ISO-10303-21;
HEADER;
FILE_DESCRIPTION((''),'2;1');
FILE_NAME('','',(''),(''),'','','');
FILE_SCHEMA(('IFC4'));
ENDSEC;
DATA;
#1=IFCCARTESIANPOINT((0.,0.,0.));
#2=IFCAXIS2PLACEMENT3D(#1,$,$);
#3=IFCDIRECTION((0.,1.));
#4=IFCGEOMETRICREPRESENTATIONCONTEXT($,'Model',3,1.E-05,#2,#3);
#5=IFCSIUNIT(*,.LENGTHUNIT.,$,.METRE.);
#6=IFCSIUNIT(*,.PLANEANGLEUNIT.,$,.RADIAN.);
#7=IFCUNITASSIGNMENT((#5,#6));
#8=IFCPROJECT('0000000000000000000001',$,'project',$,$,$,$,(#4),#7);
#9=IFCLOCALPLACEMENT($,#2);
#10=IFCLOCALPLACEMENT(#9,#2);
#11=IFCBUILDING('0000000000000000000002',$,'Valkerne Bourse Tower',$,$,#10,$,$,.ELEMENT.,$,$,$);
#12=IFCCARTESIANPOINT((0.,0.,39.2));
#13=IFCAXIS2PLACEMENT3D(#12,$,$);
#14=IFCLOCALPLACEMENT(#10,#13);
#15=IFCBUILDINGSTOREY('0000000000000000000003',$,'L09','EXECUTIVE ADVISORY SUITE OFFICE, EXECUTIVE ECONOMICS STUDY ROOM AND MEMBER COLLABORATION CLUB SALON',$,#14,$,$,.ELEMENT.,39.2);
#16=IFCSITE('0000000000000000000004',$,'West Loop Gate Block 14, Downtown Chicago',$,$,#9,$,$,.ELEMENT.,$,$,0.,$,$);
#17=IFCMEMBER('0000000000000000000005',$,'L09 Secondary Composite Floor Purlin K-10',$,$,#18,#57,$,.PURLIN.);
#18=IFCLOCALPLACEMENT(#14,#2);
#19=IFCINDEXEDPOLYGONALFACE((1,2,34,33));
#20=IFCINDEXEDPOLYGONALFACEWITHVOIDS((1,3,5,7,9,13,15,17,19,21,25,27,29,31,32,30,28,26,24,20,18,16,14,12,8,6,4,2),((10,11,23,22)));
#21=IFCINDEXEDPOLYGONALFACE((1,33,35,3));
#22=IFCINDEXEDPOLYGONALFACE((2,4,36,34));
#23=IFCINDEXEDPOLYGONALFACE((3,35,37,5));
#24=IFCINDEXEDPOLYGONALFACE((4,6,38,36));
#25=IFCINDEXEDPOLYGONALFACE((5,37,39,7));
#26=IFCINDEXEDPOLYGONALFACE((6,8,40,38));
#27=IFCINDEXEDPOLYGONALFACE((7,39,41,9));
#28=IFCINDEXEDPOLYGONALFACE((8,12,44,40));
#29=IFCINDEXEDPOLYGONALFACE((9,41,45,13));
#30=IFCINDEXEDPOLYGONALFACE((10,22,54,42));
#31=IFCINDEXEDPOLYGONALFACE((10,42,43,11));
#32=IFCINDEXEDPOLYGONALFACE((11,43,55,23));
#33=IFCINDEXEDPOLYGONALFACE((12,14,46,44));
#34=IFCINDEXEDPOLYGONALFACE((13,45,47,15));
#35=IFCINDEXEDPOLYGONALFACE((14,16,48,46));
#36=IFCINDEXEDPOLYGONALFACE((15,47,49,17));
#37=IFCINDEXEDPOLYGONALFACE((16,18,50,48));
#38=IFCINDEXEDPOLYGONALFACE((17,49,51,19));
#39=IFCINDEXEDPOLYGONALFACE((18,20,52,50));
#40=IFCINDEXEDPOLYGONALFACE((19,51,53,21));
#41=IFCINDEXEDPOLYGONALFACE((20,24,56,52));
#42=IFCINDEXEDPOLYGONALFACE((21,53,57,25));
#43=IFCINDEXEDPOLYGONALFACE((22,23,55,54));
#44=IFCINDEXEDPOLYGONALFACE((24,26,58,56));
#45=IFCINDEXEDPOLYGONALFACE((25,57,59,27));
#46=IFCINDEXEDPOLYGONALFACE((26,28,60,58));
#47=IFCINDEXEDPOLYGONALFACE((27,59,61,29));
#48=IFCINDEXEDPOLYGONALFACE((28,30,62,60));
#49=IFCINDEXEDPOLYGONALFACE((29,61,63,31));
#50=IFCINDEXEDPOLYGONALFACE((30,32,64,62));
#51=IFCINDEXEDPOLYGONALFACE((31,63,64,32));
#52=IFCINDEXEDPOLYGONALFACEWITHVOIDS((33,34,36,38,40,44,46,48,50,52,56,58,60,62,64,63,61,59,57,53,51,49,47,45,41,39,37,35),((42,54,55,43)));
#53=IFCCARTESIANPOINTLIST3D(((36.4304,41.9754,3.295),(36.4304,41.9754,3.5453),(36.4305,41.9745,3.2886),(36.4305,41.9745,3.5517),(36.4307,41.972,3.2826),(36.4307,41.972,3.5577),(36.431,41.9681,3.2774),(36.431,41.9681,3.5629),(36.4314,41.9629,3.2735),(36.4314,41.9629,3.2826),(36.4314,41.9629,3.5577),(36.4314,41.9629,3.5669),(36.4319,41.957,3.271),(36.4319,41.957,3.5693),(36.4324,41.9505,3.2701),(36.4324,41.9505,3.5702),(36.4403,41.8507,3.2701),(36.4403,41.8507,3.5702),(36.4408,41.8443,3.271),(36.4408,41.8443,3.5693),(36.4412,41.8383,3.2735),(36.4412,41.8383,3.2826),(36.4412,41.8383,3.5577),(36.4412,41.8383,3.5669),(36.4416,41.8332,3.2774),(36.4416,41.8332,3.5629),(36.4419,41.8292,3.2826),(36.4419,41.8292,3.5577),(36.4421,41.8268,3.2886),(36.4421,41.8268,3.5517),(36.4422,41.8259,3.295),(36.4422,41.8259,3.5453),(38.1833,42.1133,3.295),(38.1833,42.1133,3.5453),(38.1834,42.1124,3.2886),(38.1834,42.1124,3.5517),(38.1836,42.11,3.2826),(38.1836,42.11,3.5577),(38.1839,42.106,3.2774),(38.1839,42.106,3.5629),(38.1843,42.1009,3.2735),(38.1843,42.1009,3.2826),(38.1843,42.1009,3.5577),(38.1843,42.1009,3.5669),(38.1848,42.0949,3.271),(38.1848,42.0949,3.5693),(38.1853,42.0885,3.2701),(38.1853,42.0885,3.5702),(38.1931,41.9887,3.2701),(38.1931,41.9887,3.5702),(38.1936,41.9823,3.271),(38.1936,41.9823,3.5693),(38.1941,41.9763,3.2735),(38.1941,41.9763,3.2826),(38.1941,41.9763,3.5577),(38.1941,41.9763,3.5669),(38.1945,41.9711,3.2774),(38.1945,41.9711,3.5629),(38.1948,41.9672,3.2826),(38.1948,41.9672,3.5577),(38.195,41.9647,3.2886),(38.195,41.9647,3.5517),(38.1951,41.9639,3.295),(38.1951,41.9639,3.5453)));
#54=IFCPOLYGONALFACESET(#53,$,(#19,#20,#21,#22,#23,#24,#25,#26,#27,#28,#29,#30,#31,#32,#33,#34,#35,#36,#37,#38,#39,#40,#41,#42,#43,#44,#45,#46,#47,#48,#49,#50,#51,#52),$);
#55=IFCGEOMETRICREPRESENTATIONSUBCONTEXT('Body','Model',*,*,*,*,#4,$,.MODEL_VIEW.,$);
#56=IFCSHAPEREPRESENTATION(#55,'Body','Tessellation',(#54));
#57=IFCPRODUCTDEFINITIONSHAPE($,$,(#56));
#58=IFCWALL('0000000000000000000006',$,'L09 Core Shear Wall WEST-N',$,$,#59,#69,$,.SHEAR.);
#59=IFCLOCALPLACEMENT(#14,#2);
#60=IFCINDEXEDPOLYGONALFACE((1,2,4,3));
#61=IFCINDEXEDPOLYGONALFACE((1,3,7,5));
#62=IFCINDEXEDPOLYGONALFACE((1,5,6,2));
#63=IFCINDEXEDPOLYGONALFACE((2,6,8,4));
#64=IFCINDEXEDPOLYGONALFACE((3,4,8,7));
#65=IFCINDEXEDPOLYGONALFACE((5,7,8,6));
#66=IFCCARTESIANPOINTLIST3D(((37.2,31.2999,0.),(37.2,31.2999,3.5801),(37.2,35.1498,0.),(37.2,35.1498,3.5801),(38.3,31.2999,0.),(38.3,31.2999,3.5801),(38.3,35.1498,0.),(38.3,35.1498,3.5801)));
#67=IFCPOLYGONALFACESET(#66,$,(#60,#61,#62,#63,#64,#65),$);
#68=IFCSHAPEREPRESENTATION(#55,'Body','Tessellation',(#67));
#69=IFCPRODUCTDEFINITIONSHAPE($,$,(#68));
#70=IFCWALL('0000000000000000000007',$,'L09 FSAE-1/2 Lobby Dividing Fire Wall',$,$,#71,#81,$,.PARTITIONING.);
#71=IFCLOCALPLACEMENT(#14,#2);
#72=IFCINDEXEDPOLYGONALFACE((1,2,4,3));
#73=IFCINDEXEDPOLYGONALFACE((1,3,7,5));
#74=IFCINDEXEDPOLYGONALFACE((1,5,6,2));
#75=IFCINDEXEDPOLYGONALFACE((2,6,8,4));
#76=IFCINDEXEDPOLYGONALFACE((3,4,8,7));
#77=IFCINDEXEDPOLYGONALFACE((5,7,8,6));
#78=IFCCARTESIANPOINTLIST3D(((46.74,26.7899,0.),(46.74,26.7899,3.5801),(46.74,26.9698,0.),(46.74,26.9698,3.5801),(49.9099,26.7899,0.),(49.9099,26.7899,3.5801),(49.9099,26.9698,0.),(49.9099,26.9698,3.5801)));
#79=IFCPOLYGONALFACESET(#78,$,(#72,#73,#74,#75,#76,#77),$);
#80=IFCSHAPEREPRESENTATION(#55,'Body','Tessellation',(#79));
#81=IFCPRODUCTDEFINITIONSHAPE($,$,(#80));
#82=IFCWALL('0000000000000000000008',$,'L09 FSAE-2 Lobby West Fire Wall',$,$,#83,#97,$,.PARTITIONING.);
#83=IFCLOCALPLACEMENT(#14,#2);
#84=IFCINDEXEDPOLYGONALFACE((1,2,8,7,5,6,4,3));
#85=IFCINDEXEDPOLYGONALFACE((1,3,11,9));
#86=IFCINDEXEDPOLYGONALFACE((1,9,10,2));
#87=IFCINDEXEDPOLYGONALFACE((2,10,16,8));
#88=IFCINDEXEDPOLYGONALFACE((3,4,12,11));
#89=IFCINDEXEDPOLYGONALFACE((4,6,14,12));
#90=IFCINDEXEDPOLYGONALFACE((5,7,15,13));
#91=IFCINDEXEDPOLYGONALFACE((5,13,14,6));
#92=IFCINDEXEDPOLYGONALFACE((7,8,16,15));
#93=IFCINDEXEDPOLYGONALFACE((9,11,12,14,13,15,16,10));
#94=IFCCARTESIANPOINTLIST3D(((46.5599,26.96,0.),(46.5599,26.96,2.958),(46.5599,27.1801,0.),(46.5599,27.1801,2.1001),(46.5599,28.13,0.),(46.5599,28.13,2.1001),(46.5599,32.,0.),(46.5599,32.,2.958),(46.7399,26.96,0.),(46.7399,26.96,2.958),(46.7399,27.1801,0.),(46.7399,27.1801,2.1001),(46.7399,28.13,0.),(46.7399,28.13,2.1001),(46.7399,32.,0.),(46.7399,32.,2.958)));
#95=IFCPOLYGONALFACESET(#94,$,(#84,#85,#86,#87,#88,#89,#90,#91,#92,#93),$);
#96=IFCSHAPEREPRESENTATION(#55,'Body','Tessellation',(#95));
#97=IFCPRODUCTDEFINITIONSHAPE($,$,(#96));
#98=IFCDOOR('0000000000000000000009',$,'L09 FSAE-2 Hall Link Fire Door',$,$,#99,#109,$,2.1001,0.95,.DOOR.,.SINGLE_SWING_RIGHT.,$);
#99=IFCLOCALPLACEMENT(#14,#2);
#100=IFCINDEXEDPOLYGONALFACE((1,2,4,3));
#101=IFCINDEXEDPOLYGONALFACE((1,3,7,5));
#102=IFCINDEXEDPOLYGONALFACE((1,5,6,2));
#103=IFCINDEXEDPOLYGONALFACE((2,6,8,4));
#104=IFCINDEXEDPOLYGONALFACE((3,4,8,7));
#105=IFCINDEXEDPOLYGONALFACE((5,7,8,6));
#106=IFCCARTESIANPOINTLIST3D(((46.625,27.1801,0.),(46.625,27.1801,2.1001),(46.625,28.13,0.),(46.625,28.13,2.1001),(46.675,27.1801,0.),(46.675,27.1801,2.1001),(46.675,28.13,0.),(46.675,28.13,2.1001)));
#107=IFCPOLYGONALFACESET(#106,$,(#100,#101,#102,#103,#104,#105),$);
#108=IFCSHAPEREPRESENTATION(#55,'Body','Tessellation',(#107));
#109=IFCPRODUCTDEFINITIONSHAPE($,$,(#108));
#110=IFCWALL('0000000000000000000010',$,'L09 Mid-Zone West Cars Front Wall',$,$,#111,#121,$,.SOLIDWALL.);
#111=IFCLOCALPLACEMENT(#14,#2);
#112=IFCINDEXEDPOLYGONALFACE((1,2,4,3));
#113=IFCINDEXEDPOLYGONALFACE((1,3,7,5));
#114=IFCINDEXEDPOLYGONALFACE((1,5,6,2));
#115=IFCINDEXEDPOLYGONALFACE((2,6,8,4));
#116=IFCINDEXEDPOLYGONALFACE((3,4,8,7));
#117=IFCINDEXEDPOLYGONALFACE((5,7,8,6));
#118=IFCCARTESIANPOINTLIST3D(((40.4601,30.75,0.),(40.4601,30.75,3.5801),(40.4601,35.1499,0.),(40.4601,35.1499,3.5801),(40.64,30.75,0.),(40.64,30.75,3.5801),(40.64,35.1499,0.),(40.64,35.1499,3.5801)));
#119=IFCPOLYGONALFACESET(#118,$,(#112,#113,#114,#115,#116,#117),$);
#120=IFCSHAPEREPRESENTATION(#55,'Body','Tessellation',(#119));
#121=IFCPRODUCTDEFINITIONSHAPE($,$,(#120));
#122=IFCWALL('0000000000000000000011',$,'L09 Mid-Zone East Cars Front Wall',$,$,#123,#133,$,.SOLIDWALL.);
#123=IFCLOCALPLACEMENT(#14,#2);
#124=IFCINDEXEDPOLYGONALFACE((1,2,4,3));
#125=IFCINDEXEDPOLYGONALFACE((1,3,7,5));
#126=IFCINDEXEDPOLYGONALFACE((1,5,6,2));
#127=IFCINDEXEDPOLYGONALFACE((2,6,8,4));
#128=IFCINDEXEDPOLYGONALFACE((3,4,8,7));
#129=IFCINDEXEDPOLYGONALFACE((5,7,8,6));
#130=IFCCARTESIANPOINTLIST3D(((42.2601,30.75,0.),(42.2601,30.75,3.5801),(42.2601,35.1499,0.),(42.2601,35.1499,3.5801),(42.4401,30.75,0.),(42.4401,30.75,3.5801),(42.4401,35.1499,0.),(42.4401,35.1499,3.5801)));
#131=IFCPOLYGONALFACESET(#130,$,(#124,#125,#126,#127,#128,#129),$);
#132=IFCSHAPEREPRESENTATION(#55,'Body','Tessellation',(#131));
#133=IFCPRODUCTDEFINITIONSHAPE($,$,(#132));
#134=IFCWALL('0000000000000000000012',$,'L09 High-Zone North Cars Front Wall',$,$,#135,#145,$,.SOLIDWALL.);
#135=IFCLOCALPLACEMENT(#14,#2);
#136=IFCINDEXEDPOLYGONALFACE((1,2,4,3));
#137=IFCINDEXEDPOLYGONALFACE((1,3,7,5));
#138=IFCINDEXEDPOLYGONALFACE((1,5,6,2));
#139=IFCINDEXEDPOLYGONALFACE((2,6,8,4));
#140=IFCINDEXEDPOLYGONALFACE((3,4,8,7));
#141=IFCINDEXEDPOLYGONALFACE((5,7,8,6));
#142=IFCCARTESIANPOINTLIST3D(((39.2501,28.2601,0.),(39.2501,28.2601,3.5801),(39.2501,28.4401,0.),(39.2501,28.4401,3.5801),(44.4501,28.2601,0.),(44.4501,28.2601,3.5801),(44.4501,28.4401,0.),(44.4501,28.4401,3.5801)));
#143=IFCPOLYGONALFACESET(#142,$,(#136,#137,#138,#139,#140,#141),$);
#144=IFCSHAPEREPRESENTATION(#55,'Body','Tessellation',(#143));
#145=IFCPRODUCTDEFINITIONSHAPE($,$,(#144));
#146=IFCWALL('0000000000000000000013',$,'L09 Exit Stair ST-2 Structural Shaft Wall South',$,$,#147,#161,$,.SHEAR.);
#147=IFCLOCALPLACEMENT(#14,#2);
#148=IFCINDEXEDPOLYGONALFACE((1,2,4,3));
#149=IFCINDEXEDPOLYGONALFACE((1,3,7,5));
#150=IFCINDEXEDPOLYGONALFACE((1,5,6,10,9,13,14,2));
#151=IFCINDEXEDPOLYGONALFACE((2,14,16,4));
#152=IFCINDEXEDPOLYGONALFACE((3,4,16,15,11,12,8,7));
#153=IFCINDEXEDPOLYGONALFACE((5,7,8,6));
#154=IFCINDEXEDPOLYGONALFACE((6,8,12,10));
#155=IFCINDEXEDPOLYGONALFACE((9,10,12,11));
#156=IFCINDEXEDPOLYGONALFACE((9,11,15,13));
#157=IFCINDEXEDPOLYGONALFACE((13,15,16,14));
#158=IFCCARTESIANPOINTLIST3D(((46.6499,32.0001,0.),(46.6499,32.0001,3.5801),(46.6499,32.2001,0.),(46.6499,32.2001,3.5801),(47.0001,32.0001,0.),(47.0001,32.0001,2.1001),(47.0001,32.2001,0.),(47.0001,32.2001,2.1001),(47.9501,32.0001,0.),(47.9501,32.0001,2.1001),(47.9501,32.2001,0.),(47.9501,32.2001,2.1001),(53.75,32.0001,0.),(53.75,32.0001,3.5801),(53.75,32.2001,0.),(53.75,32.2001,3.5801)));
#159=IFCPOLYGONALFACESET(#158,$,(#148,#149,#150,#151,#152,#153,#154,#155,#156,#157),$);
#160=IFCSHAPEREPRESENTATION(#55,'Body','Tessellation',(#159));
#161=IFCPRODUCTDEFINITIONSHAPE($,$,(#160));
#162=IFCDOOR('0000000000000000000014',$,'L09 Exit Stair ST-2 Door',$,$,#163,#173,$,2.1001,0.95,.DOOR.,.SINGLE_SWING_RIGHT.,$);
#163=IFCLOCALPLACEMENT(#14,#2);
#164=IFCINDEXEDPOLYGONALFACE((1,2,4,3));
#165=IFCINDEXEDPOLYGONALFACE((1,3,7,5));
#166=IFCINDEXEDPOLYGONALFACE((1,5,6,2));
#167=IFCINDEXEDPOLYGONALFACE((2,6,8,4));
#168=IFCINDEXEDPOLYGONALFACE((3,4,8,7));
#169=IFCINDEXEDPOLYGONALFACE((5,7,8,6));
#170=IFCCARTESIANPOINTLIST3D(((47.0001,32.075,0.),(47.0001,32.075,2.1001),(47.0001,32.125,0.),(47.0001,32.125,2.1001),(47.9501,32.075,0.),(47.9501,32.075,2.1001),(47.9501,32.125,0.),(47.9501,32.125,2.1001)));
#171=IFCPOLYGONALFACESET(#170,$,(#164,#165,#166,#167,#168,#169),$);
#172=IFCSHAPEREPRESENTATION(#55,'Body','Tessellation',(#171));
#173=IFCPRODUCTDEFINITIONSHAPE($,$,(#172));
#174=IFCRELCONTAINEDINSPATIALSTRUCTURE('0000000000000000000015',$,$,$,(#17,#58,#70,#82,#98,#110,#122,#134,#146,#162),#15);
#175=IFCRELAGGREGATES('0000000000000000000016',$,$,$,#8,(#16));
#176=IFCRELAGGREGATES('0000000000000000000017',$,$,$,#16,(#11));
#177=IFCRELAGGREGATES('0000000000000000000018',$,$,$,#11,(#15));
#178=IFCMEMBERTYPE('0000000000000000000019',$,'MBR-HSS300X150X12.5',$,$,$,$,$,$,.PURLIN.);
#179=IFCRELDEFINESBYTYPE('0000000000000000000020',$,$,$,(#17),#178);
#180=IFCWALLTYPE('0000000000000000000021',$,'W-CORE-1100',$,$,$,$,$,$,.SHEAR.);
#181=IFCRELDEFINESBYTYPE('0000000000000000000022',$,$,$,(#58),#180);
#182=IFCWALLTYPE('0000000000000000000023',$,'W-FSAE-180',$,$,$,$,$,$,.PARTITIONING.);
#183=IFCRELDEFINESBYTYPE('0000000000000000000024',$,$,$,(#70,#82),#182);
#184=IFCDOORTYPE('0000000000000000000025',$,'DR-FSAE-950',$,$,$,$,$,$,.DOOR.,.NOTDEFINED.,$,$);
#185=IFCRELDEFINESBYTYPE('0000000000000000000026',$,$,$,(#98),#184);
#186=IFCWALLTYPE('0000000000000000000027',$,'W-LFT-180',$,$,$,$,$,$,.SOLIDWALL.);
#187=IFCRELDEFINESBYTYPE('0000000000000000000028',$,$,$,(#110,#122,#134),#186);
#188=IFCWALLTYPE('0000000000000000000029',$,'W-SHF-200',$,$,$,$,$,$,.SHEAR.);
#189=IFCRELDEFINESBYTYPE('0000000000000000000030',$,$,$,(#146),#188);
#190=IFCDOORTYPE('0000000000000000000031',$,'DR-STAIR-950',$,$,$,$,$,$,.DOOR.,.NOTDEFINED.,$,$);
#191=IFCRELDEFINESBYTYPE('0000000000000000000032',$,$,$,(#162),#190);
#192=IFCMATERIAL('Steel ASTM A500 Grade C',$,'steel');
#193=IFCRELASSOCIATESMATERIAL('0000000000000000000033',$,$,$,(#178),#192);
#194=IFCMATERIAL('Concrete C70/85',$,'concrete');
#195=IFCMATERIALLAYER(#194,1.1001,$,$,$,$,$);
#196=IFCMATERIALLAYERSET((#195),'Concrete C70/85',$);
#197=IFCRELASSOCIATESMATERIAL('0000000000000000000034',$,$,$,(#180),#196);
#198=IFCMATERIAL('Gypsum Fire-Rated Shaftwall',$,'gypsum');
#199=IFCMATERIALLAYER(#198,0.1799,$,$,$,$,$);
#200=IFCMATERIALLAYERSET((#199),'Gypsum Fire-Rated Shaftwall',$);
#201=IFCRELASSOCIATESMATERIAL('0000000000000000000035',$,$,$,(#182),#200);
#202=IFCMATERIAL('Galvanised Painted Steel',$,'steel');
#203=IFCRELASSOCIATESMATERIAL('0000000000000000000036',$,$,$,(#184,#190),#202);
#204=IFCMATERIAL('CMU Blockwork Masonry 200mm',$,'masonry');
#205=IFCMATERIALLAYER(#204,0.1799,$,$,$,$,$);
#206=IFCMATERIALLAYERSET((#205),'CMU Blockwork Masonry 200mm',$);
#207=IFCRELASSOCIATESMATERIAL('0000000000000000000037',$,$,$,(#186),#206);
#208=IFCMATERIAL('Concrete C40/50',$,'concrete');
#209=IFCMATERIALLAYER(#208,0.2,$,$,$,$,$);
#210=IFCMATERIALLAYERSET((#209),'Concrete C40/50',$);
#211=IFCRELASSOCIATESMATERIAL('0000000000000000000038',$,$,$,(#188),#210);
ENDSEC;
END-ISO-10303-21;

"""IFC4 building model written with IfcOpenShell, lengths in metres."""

from ifc_helpers import new_model, si_unit, direction, frame, frame_2d, origin, origin_2d, place, context, subcontext, project, spatial, rectangle, hollow_rectangle, extrude, material, layer, layer_set, material_profile, profile_set, type_object, element, fill, save


model = new_model("IFC4")

# Units and contexts
model_context = context("Model", 3, precision=1e-05, world=origin(), true_north=direction((0.0, 1.0)))
body_context = subcontext(model_context, "Body", "Model", "MODEL_VIEW")
ifc_project = project(units=[si_unit("LENGTHUNIT", "METRE"), si_unit("PLANEANGLEUNIT", "RADIAN")], contexts=[model_context])

# Site, building, storey
site_placement = place(None, origin())
site = spatial("IfcSite", under=ifc_project, at=site_placement, Name="West Loop Gate Block 14, Downtown Chicago", CompositionType="ELEMENT", RefElevation=0.0)
building_placement = place(site_placement, origin())
building = spatial("IfcBuilding", under=site, at=building_placement, Name="Valkerne Bourse Tower", CompositionType="ELEMENT")
storey_placement = place(building_placement, frame((0.0, 0.0, 39.2)))
storey = spatial("IfcBuildingStorey", under=building, at=storey_placement, Name="L09", Description="EXECUTIVE ADVISORY SUITE OFFICE, EXECUTIVE ECONOMICS STUDY ROOM AND MEMBER COLLABORATION CLUB SALON", CompositionType="ELEMENT", Elevation=39.2)

# Member
ifc_material_1 = material(Name="Steel ASTM A500 Grade C", Category="steel")
ifc_material_profile_1 = material_profile(ifc_material_1, hollow_rectangle(XDim=0.1499, YDim=0.3, WallThickness=0.0125, OuterFilletRadius=0.0249, at=origin_2d()), Name="HSS300X150X12.5")
ifc_profile_set_1 = profile_set([ifc_material_profile_1], Name="Steel ASTM A500 Grade C")
member_type = type_object("IfcMemberType", Name="MBR-HSS300X150X12.5", PredefinedType="PURLIN", material=ifc_profile_set_1)
member_placement = place(storey_placement, frame((38.1892, 42.0386, 3.4202), z_axis=(-0.996918, -0.078448, 0.0), x_axis=(0.078448, -0.996918, 0.0)))
element("IfcMember", 1, at=member_placement, inside=storey, type_object=member_type, Name="L09 Secondary Composite Floor Purlin K-10", PredefinedType="PURLIN", context=body_context, shape_type="SweptSolid", body=[
    extrude(hollow_rectangle(XDim=0.1499, YDim=0.3, WallThickness=0.0125, OuterFilletRadius=0.0249, at=origin_2d()), origin(), (0.0, 0.0, 1.0), 1.7583),
])

# Shared definitions
ifc_material_2 = material(Name="Concrete C70/85", Category="concrete")
ifc_layer_1 = layer(ifc_material_2, 1.1001)
ifc_layer_set_1 = layer_set([ifc_layer_1], Name="Concrete C70/85")
wall_type_1 = type_object("IfcWallType", Name="W-CORE-1100", PredefinedType="SHEAR", material=ifc_layer_set_1)
ifc_material_3 = material(Name="Galvanised Painted Steel", Category="steel")

# Walls
wall_1_placement = place(storey_placement, frame((37.75, 31.3, 0.0), z_axis=(0.0, 0.0, 1.0), x_axis=(0.0, 1.0, 0.0)))
element("IfcWall", 2, at=wall_1_placement, inside=storey, type_object=wall_type_1, Name="L09 Core Shear Wall WEST-N", PredefinedType="SHEAR", context=body_context, shape_type="SweptSolid", body=[
    extrude(rectangle(XDim=3.8499, YDim=1.1001, at=frame_2d((1.9248, 0.0))), origin(), (0.0, 0.0, 1.0), 3.5801),
])
ifc_material_4 = material(Name="Gypsum Fire-Rated Shaftwall", Category="gypsum")
ifc_layer_2 = layer(ifc_material_4, 0.1799)
ifc_layer_set_2 = layer_set([ifc_layer_2], Name="Gypsum Fire-Rated Shaftwall")
wall_type_2 = type_object("IfcWallType", Name="W-FSAE-180", PredefinedType="PARTITIONING", material=ifc_layer_set_2)
wall_2_placement = place(storey_placement, frame((46.74, 26.8799, 0.0), z_axis=(0.0, 0.0, 1.0), x_axis=(1.0, 0.0, 0.0)))
element("IfcWall", 3, at=wall_2_placement, inside=storey, type_object=wall_type_2, Name="L09 FSAE-1/2 Lobby Dividing Fire Wall", PredefinedType="PARTITIONING", context=body_context, shape_type="SweptSolid", body=[
    extrude(rectangle(XDim=3.1699, YDim=0.1799, at=frame_2d((1.585, 0.0))), origin(), (0.0, 0.0, 1.0), 3.5801),
])

# Wall, opening, door
wall_3_placement = place(storey_placement, frame((46.6499, 26.96, 0.0), z_axis=(0.0, 0.0, 1.0), x_axis=(0.0, 1.0, 0.0)))
wall_3 = element("IfcWall", 4, at=wall_3_placement, inside=storey, type_object=wall_type_2, Name="L09 FSAE-2 Lobby West Fire Wall", PredefinedType="PARTITIONING", context=body_context, shape_type="SweptSolid", body=[
    extrude(rectangle(XDim=5.04, YDim=0.1799, at=frame_2d((2.52, 0.0))), origin(), (0.0, 0.0, 1.0), 2.958),
])
opening_1_placement = place(wall_3_placement, frame((0.22, 0.0, 0.0)))
opening_1 = element("IfcOpeningElement", 5, at=opening_1_placement, cuts=wall_3, PredefinedType="OPENING", context=body_context, shape_type="SweptSolid", body=[
    extrude(rectangle(XDim=0.95, YDim=2.1001, at=frame_2d((0.4751, 1.05))), frame((0.0, 0.0999, 0.0), z_axis=(0.0, -1.0, 0.0), x_axis=(1.0, 0.0, 0.0)), (0.0, 0.0, 1.0), 0.2),
])
door_type_1 = type_object("IfcDoorType", Name="DR-FSAE-950", OperationType="NOTDEFINED", PredefinedType="DOOR", material=ifc_material_3)
door_1_placement = place(opening_1_placement, origin())
door_1 = element("IfcDoor", 6, at=door_1_placement, inside=storey, type_object=door_type_1, Name="L09 FSAE-2 Hall Link Fire Door", OperationType="SINGLE_SWING_RIGHT", OverallHeight=2.1001, OverallWidth=0.95, PredefinedType="DOOR", context=body_context, shape_type="SweptSolid", body=[
    extrude(rectangle(XDim=0.95, YDim=2.1001, at=frame_2d((0.4751, 1.05))), frame((0.0, 0.0249, 0.0), z_axis=(0.0, -1.0, 0.0), x_axis=(1.0, 0.0, 0.0)), (0.0, 0.0, 1.0), 0.05),
])
fill(opening_1, door_1)

# Walls
ifc_material_5 = material(Name="CMU Blockwork Masonry 200mm", Category="masonry")
ifc_layer_3 = layer(ifc_material_5, 0.1799)
ifc_layer_set_3 = layer_set([ifc_layer_3], Name="CMU Blockwork Masonry 200mm")
wall_type_3 = type_object("IfcWallType", Name="W-LFT-180", PredefinedType="SOLIDWALL", material=ifc_layer_set_3)
for number, where, z_axis, x_axis, name in (
    (7, (40.55, 30.75, 0.0), (0.0, 0.0, 1.0), (0.0, 1.0, 0.0), "L09 Mid-Zone West Cars Front Wall"),
    (8, (42.3501, 30.75, 0.0), (0.0, 0.0, 1.0), (0.0, 1.0, 0.0), "L09 Mid-Zone East Cars Front Wall"),
):
    element("IfcWall", number, at=place(storey_placement, frame(where, z_axis=z_axis, x_axis=x_axis)), inside=storey, type_object=wall_type_3, Name=name, PredefinedType="SOLIDWALL", context=body_context, shape_type="SweptSolid", body=[
        extrude(rectangle(XDim=4.3999, YDim=0.1799, at=frame_2d((2.2, 0.0))), origin(), (0.0, 0.0, 1.0), 3.5801),
    ])
wall_4_placement = place(storey_placement, frame((39.25, 28.3501, 0.0), z_axis=(0.0, 0.0, 1.0), x_axis=(1.0, 0.0, 0.0)))
element("IfcWall", 9, at=wall_4_placement, inside=storey, type_object=wall_type_3, Name="L09 High-Zone North Cars Front Wall", PredefinedType="SOLIDWALL", context=body_context, shape_type="SweptSolid", body=[
    extrude(rectangle(XDim=5.2, YDim=0.1799, at=frame_2d((2.6001, 0.0))), origin(), (0.0, 0.0, 1.0), 3.5801),
])

# Wall, opening, door
ifc_material_6 = material(Name="Concrete C40/50", Category="concrete")
ifc_layer_4 = layer(ifc_material_6, 0.2)
ifc_layer_set_4 = layer_set([ifc_layer_4], Name="Concrete C40/50")
wall_type_4 = type_object("IfcWallType", Name="W-SHF-200", PredefinedType="SHEAR", material=ifc_layer_set_4)
wall_5_placement = place(storey_placement, frame((46.6499, 32.1001, 0.0), z_axis=(0.0, 0.0, 1.0), x_axis=(1.0, 0.0, 0.0)))
wall_5 = element("IfcWall", 10, at=wall_5_placement, inside=storey, type_object=wall_type_4, Name="L09 Exit Stair ST-2 Structural Shaft Wall South", PredefinedType="SHEAR", context=body_context, shape_type="SweptSolid", body=[
    extrude(rectangle(XDim=7.1001, YDim=0.2, at=frame_2d((3.55, 0.0))), origin(), (0.0, 0.0, 1.0), 3.5801),
])
opening_2_placement = place(wall_5_placement, frame((0.3501, 0.0, 0.0)))
opening_2 = element("IfcOpeningElement", 11, at=opening_2_placement, cuts=wall_5, PredefinedType="OPENING", context=body_context, shape_type="SweptSolid", body=[
    extrude(rectangle(XDim=0.95, YDim=2.1001, at=frame_2d((0.4751, 1.05))), frame((0.0, 0.1099, 0.0), z_axis=(0.0, -1.0, 0.0), x_axis=(1.0, 0.0, 0.0)), (0.0, 0.0, 1.0), 0.22),
])
door_type_2 = type_object("IfcDoorType", Name="DR-STAIR-950", OperationType="NOTDEFINED", PredefinedType="DOOR", material=ifc_material_3)
door_2_placement = place(opening_2_placement, origin())
door_2 = element("IfcDoor", 12, at=door_2_placement, inside=storey, type_object=door_type_2, Name="L09 Exit Stair ST-2 Door", OperationType="SINGLE_SWING_RIGHT", OverallHeight=2.1001, OverallWidth=0.95, PredefinedType="DOOR", context=body_context, shape_type="SweptSolid", body=[
    extrude(rectangle(XDim=0.95, YDim=2.1001, at=frame_2d((0.4751, 1.05))), frame((0.0, 0.0249, 0.0), z_axis=(0.0, -1.0, 0.0), x_axis=(1.0, 0.0, 0.0)), (0.0, 0.0, 1.0), 0.05),
])
fill(opening_2, door_2)

save(model, "model.ifc")
